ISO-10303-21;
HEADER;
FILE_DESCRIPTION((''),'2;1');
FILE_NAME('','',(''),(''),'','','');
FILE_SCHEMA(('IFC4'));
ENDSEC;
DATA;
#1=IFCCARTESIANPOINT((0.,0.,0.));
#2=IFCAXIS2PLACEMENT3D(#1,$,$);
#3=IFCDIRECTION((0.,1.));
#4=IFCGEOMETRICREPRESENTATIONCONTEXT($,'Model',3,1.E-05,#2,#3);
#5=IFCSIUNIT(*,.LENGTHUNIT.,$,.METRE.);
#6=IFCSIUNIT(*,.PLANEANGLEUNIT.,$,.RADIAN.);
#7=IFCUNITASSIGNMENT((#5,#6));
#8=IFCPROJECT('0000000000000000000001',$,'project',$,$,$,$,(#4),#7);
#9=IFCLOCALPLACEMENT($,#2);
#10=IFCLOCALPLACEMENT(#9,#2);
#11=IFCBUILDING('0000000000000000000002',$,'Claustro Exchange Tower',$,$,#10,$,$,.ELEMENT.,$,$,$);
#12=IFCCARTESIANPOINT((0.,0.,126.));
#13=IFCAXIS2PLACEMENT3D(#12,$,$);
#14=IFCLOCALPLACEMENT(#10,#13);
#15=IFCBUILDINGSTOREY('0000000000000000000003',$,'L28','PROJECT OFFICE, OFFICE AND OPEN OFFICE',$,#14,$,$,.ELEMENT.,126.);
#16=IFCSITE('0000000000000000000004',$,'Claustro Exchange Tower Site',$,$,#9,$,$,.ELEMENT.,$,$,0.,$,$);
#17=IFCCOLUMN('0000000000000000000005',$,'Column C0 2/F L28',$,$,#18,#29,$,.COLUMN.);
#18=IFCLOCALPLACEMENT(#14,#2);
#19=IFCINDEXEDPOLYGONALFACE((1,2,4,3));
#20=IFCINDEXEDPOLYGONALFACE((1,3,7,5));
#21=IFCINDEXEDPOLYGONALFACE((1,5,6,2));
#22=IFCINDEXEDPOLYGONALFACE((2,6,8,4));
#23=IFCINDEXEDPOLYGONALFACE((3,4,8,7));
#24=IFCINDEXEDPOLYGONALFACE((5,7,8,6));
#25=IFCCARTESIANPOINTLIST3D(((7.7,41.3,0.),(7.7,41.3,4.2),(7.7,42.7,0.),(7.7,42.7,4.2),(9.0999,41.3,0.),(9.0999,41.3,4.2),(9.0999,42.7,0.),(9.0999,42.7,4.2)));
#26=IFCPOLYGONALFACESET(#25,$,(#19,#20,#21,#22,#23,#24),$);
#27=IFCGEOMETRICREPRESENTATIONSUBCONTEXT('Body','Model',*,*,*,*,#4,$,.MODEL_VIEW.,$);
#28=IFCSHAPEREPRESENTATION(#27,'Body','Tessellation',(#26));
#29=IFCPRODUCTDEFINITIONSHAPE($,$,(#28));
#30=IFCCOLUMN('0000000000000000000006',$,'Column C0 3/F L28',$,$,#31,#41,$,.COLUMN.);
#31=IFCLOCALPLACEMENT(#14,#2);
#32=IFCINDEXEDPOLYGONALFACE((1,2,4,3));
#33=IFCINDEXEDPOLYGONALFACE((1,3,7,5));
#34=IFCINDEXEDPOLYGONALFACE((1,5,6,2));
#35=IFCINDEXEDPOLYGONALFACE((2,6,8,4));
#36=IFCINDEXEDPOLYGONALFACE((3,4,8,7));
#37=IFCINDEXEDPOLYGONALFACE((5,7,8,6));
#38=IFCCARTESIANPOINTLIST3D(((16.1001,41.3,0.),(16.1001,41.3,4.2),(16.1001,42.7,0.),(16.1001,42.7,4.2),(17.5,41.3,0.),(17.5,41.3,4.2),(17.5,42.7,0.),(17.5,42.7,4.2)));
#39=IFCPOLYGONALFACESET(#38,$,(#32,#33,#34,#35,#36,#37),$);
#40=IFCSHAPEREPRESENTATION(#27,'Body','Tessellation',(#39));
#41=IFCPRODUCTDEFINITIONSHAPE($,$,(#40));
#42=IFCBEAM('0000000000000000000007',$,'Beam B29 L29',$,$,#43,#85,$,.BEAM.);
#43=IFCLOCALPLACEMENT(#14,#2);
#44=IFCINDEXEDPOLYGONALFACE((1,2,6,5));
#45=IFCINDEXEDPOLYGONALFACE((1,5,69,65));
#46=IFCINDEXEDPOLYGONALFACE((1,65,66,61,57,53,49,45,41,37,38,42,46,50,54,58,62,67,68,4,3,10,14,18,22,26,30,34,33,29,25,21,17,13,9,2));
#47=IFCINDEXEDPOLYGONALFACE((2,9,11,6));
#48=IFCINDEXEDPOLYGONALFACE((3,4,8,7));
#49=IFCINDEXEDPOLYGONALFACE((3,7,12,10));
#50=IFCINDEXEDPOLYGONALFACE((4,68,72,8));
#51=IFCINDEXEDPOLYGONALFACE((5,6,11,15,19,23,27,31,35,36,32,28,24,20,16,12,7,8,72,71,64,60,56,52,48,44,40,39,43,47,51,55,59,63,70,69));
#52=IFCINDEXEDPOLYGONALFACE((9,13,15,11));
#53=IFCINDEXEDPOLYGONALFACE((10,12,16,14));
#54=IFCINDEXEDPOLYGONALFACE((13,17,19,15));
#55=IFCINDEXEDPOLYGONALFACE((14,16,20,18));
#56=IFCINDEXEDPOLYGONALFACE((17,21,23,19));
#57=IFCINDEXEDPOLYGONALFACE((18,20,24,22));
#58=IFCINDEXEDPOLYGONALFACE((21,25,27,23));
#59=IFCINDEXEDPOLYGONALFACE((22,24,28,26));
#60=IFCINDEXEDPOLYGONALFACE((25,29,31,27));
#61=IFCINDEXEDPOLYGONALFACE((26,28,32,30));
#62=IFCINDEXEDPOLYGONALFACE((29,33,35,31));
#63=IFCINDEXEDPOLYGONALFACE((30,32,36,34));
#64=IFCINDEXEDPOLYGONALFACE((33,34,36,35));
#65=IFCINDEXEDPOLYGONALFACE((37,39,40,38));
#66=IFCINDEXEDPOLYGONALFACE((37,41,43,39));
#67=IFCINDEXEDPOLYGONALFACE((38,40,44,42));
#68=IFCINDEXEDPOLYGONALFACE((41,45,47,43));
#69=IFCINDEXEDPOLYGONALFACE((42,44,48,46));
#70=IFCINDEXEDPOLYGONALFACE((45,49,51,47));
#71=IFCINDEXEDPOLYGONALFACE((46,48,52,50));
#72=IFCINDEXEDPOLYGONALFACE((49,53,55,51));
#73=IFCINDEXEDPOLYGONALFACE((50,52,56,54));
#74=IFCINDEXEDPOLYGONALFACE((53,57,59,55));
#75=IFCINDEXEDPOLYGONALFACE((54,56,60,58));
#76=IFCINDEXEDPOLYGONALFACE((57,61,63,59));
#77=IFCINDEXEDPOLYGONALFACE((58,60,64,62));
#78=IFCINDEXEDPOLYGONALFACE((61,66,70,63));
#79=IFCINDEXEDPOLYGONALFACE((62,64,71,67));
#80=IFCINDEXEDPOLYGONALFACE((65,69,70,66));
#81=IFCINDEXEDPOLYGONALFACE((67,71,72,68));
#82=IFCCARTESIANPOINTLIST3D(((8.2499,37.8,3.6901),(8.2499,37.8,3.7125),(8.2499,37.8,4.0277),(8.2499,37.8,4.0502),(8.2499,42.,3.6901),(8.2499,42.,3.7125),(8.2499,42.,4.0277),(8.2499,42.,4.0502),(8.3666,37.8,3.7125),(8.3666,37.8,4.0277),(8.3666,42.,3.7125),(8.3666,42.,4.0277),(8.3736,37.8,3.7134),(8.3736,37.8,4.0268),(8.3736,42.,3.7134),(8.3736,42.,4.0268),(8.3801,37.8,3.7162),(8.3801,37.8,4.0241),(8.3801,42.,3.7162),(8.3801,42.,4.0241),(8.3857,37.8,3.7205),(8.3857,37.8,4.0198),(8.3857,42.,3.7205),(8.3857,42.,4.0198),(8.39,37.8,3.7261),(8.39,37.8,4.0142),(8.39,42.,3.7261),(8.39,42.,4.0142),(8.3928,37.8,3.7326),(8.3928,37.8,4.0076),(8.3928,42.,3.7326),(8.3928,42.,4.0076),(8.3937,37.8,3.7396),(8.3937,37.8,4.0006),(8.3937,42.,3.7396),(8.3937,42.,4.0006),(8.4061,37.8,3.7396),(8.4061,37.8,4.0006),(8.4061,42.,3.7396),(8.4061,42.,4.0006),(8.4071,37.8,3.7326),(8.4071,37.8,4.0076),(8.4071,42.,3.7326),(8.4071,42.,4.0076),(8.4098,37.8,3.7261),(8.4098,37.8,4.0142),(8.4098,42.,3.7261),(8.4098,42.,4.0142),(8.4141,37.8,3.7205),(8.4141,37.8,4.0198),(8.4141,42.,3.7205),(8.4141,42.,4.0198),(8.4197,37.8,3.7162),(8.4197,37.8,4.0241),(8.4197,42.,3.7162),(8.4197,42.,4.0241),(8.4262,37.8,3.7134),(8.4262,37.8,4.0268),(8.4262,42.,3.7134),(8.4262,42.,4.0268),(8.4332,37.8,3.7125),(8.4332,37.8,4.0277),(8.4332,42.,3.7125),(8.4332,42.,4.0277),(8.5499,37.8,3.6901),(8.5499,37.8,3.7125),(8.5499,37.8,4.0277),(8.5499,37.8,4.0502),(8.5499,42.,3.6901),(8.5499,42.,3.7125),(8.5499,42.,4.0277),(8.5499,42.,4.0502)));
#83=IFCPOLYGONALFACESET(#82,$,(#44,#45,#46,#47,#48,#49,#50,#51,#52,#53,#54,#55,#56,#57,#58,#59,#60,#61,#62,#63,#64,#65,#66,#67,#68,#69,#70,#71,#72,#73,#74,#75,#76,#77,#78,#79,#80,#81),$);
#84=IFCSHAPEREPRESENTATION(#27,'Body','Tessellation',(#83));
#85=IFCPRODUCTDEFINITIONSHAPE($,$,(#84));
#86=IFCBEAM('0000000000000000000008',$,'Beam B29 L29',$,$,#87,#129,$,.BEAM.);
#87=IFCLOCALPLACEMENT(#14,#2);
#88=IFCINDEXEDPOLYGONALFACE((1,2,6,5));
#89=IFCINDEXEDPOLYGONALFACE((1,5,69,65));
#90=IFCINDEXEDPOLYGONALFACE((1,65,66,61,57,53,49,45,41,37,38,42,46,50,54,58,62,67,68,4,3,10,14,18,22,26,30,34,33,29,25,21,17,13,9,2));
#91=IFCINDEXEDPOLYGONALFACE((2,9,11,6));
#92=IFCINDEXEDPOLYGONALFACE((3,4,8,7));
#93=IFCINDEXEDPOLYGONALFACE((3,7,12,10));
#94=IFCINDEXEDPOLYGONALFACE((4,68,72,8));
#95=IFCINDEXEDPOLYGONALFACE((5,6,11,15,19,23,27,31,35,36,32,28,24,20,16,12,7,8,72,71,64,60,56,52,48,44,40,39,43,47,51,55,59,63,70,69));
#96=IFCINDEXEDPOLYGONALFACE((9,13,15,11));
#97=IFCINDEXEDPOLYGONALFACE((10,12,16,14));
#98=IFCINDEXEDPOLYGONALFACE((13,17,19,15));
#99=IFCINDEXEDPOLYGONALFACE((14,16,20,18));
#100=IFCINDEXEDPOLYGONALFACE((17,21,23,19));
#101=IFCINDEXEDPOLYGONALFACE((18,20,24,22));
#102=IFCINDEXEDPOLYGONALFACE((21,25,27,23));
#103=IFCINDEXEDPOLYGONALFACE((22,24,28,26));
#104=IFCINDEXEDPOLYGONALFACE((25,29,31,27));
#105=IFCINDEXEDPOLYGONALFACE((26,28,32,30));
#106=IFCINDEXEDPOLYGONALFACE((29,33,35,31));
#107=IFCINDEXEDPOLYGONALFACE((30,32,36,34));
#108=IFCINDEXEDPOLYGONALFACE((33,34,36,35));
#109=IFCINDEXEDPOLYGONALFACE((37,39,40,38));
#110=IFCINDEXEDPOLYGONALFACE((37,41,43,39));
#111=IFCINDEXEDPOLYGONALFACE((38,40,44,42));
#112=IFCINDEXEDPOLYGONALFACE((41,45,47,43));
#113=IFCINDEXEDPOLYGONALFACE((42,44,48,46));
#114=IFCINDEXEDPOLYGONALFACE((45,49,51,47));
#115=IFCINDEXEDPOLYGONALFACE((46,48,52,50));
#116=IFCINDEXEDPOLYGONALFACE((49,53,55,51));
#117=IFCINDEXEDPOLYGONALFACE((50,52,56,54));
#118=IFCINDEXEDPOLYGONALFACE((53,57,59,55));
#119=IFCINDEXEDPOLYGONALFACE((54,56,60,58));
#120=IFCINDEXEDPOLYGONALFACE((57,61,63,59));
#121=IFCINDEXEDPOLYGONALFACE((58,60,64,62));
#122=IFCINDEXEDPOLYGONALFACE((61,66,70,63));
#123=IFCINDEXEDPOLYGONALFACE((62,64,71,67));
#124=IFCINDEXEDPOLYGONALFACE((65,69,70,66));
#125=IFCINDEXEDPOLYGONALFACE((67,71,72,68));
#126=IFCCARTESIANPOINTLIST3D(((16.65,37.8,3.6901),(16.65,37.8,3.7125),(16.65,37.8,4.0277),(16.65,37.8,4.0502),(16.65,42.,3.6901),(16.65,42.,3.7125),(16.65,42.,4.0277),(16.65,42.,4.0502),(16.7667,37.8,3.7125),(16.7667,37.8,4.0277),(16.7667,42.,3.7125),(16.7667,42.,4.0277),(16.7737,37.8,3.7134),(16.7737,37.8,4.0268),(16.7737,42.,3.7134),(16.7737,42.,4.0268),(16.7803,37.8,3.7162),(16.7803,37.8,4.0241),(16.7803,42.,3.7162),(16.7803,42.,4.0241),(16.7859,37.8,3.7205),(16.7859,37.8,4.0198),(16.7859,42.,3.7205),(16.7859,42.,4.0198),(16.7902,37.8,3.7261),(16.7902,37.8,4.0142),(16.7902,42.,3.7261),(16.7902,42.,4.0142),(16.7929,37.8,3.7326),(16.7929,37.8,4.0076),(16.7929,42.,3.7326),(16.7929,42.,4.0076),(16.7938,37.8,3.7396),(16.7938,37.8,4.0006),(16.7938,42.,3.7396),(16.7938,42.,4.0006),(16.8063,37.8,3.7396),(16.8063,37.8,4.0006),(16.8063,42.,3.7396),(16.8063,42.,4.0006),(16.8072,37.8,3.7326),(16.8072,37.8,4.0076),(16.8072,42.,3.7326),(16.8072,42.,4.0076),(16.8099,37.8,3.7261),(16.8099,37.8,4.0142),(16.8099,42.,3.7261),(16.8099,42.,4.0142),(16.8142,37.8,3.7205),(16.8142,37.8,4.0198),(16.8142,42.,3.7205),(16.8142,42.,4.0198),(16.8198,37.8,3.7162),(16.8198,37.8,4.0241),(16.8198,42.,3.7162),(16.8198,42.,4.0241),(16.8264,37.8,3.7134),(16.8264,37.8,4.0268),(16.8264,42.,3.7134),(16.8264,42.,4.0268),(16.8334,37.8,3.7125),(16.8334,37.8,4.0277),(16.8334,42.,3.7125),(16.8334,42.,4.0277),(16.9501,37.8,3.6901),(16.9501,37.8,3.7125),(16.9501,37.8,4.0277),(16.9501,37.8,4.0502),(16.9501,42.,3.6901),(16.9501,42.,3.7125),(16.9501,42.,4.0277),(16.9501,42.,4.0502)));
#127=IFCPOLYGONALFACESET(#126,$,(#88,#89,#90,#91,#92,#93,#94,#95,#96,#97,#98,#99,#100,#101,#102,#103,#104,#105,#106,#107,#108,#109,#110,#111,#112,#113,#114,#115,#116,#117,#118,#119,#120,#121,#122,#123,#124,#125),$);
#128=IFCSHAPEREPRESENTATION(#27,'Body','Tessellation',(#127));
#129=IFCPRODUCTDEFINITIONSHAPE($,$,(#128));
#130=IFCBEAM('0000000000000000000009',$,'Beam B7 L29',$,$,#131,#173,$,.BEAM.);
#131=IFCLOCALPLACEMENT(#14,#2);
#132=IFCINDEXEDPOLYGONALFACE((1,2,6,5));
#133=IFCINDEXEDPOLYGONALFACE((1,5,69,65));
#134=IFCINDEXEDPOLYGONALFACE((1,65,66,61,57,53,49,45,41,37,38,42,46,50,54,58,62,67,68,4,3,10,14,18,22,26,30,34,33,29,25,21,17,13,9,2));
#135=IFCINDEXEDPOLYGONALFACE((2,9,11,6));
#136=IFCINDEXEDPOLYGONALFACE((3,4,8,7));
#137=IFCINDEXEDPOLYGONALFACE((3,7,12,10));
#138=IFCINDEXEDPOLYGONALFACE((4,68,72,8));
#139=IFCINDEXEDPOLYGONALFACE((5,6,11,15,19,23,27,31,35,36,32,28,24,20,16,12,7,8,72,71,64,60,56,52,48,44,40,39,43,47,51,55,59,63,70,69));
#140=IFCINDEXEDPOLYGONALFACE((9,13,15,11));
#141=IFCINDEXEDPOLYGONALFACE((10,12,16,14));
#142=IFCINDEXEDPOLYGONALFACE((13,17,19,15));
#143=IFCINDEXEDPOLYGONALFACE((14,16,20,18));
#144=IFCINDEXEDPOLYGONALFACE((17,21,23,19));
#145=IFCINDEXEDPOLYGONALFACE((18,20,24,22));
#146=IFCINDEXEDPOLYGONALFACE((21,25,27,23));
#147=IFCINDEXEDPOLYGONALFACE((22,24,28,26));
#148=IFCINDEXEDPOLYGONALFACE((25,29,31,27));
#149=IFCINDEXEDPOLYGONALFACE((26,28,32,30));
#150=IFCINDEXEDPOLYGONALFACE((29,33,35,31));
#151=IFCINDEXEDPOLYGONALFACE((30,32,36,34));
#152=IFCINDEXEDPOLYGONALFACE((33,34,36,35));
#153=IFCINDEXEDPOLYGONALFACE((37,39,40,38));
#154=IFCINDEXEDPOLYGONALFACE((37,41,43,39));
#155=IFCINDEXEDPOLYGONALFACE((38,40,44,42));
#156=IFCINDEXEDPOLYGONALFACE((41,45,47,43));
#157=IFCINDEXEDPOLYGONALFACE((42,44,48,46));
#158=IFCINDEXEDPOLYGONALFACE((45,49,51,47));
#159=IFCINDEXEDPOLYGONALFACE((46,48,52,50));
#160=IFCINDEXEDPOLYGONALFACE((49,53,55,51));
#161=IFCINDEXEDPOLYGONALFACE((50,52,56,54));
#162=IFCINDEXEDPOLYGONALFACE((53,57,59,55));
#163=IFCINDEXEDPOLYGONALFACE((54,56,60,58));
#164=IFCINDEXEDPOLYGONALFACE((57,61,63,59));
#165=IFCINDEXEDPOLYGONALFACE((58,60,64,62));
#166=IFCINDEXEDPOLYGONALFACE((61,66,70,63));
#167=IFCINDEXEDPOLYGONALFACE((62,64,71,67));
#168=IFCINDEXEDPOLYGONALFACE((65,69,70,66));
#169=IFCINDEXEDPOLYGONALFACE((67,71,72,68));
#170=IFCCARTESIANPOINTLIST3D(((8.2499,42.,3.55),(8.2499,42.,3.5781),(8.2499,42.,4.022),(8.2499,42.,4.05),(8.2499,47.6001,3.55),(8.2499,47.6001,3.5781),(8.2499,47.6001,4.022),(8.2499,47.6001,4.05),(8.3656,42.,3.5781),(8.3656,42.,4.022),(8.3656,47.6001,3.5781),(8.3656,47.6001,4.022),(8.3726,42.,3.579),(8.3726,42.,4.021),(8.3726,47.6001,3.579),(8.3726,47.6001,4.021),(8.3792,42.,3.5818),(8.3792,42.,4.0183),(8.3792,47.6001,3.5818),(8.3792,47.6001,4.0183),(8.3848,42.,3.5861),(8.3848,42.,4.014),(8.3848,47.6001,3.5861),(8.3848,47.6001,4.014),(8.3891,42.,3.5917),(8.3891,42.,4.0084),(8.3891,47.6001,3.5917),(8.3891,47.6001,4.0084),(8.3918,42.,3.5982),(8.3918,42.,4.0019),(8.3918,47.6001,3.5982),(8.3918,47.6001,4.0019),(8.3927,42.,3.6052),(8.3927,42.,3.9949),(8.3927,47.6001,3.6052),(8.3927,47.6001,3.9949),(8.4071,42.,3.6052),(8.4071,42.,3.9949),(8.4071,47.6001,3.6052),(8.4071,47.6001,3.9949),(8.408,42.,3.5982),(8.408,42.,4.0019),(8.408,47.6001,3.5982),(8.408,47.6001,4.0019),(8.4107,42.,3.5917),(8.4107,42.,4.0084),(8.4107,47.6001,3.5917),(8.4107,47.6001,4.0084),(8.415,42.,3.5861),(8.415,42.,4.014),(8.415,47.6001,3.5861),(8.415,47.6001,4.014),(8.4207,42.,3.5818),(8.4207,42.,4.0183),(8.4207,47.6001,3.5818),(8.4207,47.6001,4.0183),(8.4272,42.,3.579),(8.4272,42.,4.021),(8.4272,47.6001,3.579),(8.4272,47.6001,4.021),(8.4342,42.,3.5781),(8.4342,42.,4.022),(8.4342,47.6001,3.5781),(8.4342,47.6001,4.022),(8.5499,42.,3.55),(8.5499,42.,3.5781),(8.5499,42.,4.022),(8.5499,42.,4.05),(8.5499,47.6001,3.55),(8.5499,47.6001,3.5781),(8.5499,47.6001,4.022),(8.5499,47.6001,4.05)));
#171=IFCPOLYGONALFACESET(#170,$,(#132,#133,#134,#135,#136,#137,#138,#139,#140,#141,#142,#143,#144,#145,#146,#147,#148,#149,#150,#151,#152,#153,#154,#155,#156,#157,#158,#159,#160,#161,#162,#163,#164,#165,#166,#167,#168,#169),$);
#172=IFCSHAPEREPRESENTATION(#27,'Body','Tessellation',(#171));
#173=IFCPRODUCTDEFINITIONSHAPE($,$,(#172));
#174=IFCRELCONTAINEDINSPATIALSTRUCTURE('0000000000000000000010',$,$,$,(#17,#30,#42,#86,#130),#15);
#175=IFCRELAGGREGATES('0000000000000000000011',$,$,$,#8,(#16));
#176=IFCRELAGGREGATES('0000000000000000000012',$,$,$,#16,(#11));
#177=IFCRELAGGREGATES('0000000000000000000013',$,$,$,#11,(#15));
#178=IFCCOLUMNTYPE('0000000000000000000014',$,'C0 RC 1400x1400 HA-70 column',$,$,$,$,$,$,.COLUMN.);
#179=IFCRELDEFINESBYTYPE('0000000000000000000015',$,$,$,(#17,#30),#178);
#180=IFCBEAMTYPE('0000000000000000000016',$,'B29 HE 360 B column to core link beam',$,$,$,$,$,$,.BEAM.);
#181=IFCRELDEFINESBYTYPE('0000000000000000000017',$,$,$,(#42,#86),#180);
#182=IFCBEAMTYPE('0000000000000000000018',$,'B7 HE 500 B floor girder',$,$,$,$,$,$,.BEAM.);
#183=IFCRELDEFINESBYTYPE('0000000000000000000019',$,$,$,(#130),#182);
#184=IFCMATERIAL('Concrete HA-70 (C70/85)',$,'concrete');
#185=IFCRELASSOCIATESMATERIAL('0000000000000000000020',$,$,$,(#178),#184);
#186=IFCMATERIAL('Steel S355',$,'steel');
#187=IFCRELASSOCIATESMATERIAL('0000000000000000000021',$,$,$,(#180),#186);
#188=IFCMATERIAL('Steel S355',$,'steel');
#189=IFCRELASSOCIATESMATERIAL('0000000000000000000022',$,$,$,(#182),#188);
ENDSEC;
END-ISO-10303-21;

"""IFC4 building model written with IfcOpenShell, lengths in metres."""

from ifc_helpers import new_model, si_unit, direction, frame, origin, origin_2d, place, context, subcontext, project, spatial, rectangle, i_section, extrude, material, material_profile, profile_set, type_object, element, save


model = new_model("IFC4")

# Units and contexts
model_context = context("Model", 3, precision=1e-05, world=origin(), true_north=direction((0.0, 1.0)))
body_context = subcontext(model_context, "Body", "Model", "MODEL_VIEW")
ifc_project = project(units=[si_unit("LENGTHUNIT", "METRE"), si_unit("PLANEANGLEUNIT", "RADIAN")], contexts=[model_context])

# Site, building, storey
site_placement = place(None, origin())
site = spatial("IfcSite", under=ifc_project, at=site_placement, Name="Claustro Exchange Tower Site", CompositionType="ELEMENT", RefElevation=0.0)
building_placement = place(site_placement, origin())
building = spatial("IfcBuilding", under=site, at=building_placement, Name="Claustro Exchange Tower", CompositionType="ELEMENT")
storey_placement = place(building_placement, frame((0.0, 0.0, 126.0)))
storey = spatial("IfcBuildingStorey", under=building, at=storey_placement, Name="L28", Description="PROJECT OFFICE, OFFICE AND OPEN OFFICE", CompositionType="ELEMENT", Elevation=126.0)

# Columns
ifc_material_1 = material(Name="Concrete HA-70 (C70/85)", Category="concrete")
ifc_material_profile_1 = material_profile(ifc_material_1, rectangle(XDim=1.3999, YDim=1.3999, at=origin_2d()), Name="RC 1400x1400")
ifc_profile_set_1 = profile_set([ifc_material_profile_1], Name="Concrete HA-70 (C70/85)")
column_type = type_object("IfcColumnType", Name="C0 RC 1400x1400 HA-70 column", PredefinedType="COLUMN", material=ifc_profile_set_1)
for number, where, z_axis, x_axis, name in (
    (1, (8.3999, 42.0, 0.0), (0.0, 0.0, 1.0), (1.0, 0.0, 0.0), "Column C0 2/F L28"),
    (2, (16.8, 42.0, 0.0), (0.0, 0.0, 1.0), (1.0, 0.0, 0.0), "Column C0 3/F L28"),
):
    element("IfcColumn", number, at=place(storey_placement, frame(where, z_axis=z_axis, x_axis=x_axis)), inside=storey, type_object=column_type, Name=name, PredefinedType="COLUMN", context=body_context, shape_type="SweptSolid", body=[
        extrude(rectangle(XDim=1.3999, YDim=1.3999, at=origin_2d()), origin(), (0.0, 0.0, 1.0), 4.2),
    ])

# Beams
ifc_material_2 = material(Name="Steel S355", Category="steel")
ifc_material_profile_2 = material_profile(ifc_material_2, i_section(OverallWidth=0.3, OverallDepth=0.3601, WebThickness=0.0125, FlangeThickness=0.0225, FilletRadius=0.0271, at=origin_2d()), Name="HE 360 B")
ifc_profile_set_2 = profile_set([ifc_material_profile_2], Name="Steel S355")
beam_type_1 = type_object("IfcBeamType", Name="B29 HE 360 B column to core link beam", PredefinedType="BEAM", material=ifc_profile_set_2)
for number, where, z_axis, x_axis, name in (
    (3, (8.3999, 37.8, 3.8701), (0.0, 1.0, 0.0), (-1.0, 0.0, 0.0), "Beam B29 L29"),
    (4, (16.8, 37.8, 3.8701), (0.0, 1.0, 0.0), (-1.0, 0.0, 0.0), "Beam B29 L29"),
):
    element("IfcBeam", number, at=place(storey_placement, frame(where, z_axis=z_axis, x_axis=x_axis)), inside=storey, type_object=beam_type_1, Name=name, PredefinedType="BEAM", context=body_context, shape_type="SweptSolid", body=[
        extrude(i_section(OverallWidth=0.3, OverallDepth=0.3601, WebThickness=0.0125, FlangeThickness=0.0225, FilletRadius=0.0271, at=origin_2d()), origin(), (0.0, 0.0, 1.0), 4.2),
    ])
ifc_material_3 = material(Name="Steel S355", Category="steel")
ifc_material_profile_3 = material_profile(ifc_material_3, i_section(OverallWidth=0.3, OverallDepth=0.5, WebThickness=0.0144, FlangeThickness=0.0281, FilletRadius=0.0271, at=origin_2d()), Name="HE 500 B")
ifc_profile_set_3 = profile_set([ifc_material_profile_3], Name="Steel S355")
beam_type_2 = type_object("IfcBeamType", Name="B7 HE 500 B floor girder", PredefinedType="BEAM", material=ifc_profile_set_3)
for number, where, z_axis, x_axis, name in (
    (5, (8.3999, 42.0, 3.8), (0.0, 1.0, 0.0), (-1.0, 0.0, 0.0), "Beam B7 L29"),
):
    element("IfcBeam", number, at=place(storey_placement, frame(where, z_axis=z_axis, x_axis=x_axis)), inside=storey, type_object=beam_type_2, Name=name, PredefinedType="BEAM", context=body_context, shape_type="SweptSolid", body=[
        extrude(i_section(OverallWidth=0.3, OverallDepth=0.5, WebThickness=0.0144, FlangeThickness=0.0281, FilletRadius=0.0271, at=origin_2d()), origin(), (0.0, 0.0, 1.0), 5.6001),
    ])

save(model, "model.ifc")
